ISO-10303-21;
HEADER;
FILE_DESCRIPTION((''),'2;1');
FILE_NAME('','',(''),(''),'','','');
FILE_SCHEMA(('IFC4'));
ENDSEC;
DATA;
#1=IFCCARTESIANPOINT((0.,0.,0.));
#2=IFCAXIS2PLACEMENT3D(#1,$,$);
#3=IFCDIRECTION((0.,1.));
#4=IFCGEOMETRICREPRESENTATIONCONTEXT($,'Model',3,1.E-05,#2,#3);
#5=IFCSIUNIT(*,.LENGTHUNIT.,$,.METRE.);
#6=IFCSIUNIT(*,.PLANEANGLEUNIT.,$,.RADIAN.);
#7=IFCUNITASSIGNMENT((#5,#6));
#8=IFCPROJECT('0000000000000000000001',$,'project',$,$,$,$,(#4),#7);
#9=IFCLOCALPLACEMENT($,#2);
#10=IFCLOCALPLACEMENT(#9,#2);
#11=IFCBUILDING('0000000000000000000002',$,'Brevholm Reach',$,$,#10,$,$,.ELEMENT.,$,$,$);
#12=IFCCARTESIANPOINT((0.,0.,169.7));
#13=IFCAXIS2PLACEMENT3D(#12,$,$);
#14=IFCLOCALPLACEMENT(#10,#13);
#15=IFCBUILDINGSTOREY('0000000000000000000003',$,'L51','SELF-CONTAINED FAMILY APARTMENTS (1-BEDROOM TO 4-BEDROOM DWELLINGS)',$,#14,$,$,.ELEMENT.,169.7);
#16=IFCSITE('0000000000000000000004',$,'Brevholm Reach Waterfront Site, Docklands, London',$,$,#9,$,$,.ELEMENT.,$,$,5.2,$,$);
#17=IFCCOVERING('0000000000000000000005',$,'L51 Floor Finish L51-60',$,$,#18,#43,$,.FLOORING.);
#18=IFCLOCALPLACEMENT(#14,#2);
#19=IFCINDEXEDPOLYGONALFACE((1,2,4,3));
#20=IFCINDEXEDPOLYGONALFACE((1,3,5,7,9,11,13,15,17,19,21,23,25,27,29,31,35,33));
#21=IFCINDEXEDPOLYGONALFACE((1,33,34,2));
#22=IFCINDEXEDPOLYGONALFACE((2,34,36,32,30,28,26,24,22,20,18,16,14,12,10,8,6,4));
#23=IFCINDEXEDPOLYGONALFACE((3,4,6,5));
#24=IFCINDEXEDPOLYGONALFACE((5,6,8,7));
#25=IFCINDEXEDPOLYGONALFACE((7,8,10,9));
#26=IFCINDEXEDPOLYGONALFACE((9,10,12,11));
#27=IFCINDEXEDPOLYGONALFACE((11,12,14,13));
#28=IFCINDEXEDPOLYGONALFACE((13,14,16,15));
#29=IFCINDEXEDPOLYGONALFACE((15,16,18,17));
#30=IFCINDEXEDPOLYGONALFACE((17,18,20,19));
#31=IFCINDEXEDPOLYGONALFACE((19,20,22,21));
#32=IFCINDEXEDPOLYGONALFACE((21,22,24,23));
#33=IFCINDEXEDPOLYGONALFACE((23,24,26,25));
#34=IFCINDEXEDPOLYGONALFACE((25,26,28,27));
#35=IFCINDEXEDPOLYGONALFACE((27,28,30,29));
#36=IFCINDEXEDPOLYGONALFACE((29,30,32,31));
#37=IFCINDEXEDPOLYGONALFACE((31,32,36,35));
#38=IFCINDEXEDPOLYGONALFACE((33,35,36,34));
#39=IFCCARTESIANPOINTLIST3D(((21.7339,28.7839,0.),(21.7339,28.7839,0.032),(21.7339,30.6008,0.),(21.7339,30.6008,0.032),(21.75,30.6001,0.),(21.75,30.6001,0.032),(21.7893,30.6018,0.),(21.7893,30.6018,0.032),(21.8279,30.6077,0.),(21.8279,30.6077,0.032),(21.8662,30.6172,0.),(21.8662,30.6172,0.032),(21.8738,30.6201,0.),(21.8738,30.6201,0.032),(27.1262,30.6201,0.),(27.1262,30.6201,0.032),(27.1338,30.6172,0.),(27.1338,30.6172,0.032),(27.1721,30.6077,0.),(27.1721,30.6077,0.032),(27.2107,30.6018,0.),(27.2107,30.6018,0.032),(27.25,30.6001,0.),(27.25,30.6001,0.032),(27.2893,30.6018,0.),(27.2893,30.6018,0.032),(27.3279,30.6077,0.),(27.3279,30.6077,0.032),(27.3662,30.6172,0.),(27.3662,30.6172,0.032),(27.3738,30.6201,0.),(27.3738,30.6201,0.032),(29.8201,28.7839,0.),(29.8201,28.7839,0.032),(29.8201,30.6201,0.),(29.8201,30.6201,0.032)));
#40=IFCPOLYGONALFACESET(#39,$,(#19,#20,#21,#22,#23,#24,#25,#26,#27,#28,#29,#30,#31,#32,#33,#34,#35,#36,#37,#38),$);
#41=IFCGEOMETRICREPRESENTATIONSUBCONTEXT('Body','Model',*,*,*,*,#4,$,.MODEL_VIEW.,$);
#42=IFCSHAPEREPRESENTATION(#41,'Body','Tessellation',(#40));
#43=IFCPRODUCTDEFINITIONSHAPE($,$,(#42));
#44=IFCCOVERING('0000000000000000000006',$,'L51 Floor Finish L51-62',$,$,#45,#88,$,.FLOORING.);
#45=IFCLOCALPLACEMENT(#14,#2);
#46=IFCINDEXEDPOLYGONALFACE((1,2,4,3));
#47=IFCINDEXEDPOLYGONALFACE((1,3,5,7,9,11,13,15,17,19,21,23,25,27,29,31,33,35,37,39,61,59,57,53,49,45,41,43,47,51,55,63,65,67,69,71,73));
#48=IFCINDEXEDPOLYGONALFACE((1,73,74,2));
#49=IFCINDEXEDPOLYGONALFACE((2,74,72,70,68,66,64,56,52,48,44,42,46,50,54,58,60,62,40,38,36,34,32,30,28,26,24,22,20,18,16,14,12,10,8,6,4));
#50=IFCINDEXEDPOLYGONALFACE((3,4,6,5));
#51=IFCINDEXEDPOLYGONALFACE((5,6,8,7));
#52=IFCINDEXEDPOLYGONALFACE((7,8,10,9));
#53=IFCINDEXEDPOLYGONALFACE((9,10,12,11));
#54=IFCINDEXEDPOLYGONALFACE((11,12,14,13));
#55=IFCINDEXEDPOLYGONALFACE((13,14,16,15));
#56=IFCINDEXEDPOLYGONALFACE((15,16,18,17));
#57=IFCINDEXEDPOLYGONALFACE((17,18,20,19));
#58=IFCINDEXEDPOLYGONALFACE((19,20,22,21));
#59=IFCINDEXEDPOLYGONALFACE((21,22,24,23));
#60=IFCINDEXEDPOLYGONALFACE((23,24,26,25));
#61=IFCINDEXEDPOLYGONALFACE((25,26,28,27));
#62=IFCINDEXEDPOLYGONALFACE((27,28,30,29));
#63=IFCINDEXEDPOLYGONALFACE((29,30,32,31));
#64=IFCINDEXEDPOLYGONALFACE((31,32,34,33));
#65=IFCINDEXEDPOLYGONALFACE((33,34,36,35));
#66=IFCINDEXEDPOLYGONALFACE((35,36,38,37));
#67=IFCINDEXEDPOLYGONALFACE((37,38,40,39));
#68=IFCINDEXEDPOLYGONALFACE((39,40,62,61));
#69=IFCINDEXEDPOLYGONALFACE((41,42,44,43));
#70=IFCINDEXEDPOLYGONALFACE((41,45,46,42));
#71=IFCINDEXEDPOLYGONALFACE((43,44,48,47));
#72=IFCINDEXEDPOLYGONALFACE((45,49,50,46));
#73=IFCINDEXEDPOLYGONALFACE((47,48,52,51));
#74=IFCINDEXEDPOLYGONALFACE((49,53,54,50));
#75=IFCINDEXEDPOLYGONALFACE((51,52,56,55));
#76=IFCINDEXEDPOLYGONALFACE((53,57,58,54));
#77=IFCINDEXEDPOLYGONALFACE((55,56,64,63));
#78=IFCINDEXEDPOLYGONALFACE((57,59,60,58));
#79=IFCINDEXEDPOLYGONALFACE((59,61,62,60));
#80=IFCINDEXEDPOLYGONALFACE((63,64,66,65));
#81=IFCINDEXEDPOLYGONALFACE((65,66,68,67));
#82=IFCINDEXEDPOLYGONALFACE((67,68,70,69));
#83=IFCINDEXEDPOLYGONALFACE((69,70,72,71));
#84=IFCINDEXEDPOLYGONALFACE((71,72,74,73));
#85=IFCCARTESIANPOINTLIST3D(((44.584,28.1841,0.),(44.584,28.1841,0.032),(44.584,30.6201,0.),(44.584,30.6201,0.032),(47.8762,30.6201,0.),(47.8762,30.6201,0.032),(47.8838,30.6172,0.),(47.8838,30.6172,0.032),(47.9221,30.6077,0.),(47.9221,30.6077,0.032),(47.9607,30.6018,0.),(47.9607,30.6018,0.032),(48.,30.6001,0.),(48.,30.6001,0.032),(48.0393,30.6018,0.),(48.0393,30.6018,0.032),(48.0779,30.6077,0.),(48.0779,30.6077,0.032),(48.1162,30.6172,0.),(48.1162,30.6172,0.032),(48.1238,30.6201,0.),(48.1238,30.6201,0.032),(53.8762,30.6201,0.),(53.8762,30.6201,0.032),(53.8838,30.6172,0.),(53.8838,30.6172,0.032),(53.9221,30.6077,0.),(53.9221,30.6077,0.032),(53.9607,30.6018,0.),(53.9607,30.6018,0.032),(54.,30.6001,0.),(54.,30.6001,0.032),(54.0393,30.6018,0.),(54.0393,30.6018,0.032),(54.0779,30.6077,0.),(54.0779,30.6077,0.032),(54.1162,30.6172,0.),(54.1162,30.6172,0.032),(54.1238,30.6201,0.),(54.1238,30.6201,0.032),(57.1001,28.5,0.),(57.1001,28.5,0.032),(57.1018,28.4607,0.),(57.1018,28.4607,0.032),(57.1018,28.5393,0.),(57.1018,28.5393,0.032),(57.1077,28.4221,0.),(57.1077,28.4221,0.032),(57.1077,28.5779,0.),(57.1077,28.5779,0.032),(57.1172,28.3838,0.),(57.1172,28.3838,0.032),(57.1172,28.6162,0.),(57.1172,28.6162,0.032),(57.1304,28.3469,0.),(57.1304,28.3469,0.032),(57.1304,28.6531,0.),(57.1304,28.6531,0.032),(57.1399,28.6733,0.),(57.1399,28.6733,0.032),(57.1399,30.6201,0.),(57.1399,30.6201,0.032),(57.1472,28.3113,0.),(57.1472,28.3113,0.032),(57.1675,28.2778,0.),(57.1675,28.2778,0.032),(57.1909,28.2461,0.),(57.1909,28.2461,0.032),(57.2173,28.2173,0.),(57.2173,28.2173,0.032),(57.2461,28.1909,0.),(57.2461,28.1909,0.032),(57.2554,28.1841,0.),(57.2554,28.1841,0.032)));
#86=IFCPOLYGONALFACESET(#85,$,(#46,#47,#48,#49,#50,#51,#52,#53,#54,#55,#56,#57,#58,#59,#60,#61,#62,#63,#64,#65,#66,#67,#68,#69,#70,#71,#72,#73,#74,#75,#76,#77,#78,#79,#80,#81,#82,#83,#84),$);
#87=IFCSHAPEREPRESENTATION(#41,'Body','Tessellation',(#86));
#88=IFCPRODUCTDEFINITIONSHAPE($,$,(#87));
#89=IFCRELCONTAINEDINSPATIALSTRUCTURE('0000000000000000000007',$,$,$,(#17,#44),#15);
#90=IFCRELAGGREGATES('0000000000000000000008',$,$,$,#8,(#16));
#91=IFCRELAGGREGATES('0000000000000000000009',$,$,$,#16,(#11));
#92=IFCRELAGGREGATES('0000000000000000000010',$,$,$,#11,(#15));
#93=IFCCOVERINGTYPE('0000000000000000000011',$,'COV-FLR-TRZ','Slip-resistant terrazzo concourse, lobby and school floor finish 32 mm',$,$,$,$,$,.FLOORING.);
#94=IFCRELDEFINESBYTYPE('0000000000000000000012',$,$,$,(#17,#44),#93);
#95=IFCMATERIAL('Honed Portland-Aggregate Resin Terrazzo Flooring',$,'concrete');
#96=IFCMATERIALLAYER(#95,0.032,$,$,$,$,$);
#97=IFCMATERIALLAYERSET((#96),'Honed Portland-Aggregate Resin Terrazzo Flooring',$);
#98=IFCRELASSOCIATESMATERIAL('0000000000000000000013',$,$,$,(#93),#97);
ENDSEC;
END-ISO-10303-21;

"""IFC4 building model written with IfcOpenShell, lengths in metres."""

from ifc_helpers import new_model, si_unit, direction, frame, origin, place, context, subcontext, project, spatial, polyline, outline, extrude, material, layer, layer_set, type_object, element, save


model = new_model("IFC4")

# Units and contexts
model_context = context("Model", 3, precision=1e-05, world=origin(), true_north=direction((0.0, 1.0)))
body_context = subcontext(model_context, "Body", "Model", "MODEL_VIEW")
ifc_project = project(units=[si_unit("LENGTHUNIT", "METRE"), si_unit("PLANEANGLEUNIT", "RADIAN")], contexts=[model_context])

# Site, building, storey
site_placement = place(None, origin())
site = spatial("IfcSite", under=ifc_project, at=site_placement, Name="Brevholm Reach Waterfront Site, Docklands, London", CompositionType="ELEMENT", RefElevation=5.2)
building_placement = place(site_placement, origin())
building = spatial("IfcBuilding", under=site, at=building_placement, Name="Brevholm Reach", CompositionType="ELEMENT")
storey_placement = place(building_placement, frame((0.0, 0.0, 169.7)))
storey = spatial("IfcBuildingStorey", under=building, at=storey_placement, Name="L51", Description="SELF-CONTAINED FAMILY APARTMENTS (1-BEDROOM TO 4-BEDROOM DWELLINGS)", CompositionType="ELEMENT", Elevation=169.7)

# Coverings
ifc_material_1 = material(Name="Honed Portland-Aggregate Resin Terrazzo Flooring", Category="concrete")
ifc_layer_1 = layer(ifc_material_1, 0.032)
ifc_layer_set_1 = layer_set([ifc_layer_1], Name="Honed Portland-Aggregate Resin Terrazzo Flooring")
covering_type_1 = type_object("IfcCoveringType", Name="COV-FLR-TRZ", Description="Slip-resistant terrazzo concourse, lobby and school floor finish 32 mm", PredefinedType="FLOORING", material=ifc_layer_set_1)
covering_1_placement = place(storey_placement, origin())
element("IfcCovering", 1, at=covering_1_placement, inside=storey, type_object=covering_type_1, Name="L51 Floor Finish L51-60", PredefinedType="FLOORING", context=body_context, shape_type="SweptSolid", body=[
    extrude(outline(polyline([(27.1262, 30.6201), (27.1338, 30.6172), (27.1721, 30.6077), (27.2107, 30.6018), (27.25, 30.6001), (27.2893, 30.6018), (27.3279, 30.6077), (27.3662, 30.6172), (27.3738, 30.6201), (29.8201, 30.6201), (29.8201, 28.7839), (21.7339, 28.7839), (21.7339, 30.6008), (21.75, 30.6001), (21.7893, 30.6018), (21.8279, 30.6077), (21.8662, 30.6172), (21.8738, 30.6201), (27.1262, 30.6201)])), origin(), (0.0, 0.0, 1.0), 0.032),
])
covering_2_placement = place(storey_placement, origin())
element("IfcCovering", 2, at=covering_2_placement, inside=storey, type_object=covering_type_1, Name="L51 Floor Finish L51-62", PredefinedType="FLOORING", context=body_context, shape_type="SweptSolid", body=[
    extrude(outline(polyline([(47.8762, 30.6201), (47.8838, 30.6172), (47.9221, 30.6077), (47.9607, 30.6018), (48.0, 30.6001), (48.0393, 30.6018), (48.0779, 30.6077), (48.1162, 30.6172), (48.1238, 30.6201), (53.8762, 30.6201), (53.8838, 30.6172), (53.9221, 30.6077), (53.9607, 30.6018), (54.0, 30.6001), (54.0393, 30.6018), (54.0779, 30.6077), (54.1162, 30.6172), (54.1238, 30.6201), (57.1399, 30.6201), (57.1399, 28.6733), (57.1304, 28.6531), (57.1172, 28.6162), (57.1077, 28.5779), (57.1018, 28.5393), (57.1001, 28.5), (57.1018, 28.4607), (57.1077, 28.4221), (57.1172, 28.3838), (57.1304, 28.3469), (57.1472, 28.3113), (57.1675, 28.2778), (57.1909, 28.2461), (57.2173, 28.2173), (57.2461, 28.1909), (57.2554, 28.1841), (44.584, 28.1841), (44.584, 30.6201), (47.8762, 30.6201)])), origin(), (0.0, 0.0, 1.0), 0.032),
])

save(model, "model.ifc")
